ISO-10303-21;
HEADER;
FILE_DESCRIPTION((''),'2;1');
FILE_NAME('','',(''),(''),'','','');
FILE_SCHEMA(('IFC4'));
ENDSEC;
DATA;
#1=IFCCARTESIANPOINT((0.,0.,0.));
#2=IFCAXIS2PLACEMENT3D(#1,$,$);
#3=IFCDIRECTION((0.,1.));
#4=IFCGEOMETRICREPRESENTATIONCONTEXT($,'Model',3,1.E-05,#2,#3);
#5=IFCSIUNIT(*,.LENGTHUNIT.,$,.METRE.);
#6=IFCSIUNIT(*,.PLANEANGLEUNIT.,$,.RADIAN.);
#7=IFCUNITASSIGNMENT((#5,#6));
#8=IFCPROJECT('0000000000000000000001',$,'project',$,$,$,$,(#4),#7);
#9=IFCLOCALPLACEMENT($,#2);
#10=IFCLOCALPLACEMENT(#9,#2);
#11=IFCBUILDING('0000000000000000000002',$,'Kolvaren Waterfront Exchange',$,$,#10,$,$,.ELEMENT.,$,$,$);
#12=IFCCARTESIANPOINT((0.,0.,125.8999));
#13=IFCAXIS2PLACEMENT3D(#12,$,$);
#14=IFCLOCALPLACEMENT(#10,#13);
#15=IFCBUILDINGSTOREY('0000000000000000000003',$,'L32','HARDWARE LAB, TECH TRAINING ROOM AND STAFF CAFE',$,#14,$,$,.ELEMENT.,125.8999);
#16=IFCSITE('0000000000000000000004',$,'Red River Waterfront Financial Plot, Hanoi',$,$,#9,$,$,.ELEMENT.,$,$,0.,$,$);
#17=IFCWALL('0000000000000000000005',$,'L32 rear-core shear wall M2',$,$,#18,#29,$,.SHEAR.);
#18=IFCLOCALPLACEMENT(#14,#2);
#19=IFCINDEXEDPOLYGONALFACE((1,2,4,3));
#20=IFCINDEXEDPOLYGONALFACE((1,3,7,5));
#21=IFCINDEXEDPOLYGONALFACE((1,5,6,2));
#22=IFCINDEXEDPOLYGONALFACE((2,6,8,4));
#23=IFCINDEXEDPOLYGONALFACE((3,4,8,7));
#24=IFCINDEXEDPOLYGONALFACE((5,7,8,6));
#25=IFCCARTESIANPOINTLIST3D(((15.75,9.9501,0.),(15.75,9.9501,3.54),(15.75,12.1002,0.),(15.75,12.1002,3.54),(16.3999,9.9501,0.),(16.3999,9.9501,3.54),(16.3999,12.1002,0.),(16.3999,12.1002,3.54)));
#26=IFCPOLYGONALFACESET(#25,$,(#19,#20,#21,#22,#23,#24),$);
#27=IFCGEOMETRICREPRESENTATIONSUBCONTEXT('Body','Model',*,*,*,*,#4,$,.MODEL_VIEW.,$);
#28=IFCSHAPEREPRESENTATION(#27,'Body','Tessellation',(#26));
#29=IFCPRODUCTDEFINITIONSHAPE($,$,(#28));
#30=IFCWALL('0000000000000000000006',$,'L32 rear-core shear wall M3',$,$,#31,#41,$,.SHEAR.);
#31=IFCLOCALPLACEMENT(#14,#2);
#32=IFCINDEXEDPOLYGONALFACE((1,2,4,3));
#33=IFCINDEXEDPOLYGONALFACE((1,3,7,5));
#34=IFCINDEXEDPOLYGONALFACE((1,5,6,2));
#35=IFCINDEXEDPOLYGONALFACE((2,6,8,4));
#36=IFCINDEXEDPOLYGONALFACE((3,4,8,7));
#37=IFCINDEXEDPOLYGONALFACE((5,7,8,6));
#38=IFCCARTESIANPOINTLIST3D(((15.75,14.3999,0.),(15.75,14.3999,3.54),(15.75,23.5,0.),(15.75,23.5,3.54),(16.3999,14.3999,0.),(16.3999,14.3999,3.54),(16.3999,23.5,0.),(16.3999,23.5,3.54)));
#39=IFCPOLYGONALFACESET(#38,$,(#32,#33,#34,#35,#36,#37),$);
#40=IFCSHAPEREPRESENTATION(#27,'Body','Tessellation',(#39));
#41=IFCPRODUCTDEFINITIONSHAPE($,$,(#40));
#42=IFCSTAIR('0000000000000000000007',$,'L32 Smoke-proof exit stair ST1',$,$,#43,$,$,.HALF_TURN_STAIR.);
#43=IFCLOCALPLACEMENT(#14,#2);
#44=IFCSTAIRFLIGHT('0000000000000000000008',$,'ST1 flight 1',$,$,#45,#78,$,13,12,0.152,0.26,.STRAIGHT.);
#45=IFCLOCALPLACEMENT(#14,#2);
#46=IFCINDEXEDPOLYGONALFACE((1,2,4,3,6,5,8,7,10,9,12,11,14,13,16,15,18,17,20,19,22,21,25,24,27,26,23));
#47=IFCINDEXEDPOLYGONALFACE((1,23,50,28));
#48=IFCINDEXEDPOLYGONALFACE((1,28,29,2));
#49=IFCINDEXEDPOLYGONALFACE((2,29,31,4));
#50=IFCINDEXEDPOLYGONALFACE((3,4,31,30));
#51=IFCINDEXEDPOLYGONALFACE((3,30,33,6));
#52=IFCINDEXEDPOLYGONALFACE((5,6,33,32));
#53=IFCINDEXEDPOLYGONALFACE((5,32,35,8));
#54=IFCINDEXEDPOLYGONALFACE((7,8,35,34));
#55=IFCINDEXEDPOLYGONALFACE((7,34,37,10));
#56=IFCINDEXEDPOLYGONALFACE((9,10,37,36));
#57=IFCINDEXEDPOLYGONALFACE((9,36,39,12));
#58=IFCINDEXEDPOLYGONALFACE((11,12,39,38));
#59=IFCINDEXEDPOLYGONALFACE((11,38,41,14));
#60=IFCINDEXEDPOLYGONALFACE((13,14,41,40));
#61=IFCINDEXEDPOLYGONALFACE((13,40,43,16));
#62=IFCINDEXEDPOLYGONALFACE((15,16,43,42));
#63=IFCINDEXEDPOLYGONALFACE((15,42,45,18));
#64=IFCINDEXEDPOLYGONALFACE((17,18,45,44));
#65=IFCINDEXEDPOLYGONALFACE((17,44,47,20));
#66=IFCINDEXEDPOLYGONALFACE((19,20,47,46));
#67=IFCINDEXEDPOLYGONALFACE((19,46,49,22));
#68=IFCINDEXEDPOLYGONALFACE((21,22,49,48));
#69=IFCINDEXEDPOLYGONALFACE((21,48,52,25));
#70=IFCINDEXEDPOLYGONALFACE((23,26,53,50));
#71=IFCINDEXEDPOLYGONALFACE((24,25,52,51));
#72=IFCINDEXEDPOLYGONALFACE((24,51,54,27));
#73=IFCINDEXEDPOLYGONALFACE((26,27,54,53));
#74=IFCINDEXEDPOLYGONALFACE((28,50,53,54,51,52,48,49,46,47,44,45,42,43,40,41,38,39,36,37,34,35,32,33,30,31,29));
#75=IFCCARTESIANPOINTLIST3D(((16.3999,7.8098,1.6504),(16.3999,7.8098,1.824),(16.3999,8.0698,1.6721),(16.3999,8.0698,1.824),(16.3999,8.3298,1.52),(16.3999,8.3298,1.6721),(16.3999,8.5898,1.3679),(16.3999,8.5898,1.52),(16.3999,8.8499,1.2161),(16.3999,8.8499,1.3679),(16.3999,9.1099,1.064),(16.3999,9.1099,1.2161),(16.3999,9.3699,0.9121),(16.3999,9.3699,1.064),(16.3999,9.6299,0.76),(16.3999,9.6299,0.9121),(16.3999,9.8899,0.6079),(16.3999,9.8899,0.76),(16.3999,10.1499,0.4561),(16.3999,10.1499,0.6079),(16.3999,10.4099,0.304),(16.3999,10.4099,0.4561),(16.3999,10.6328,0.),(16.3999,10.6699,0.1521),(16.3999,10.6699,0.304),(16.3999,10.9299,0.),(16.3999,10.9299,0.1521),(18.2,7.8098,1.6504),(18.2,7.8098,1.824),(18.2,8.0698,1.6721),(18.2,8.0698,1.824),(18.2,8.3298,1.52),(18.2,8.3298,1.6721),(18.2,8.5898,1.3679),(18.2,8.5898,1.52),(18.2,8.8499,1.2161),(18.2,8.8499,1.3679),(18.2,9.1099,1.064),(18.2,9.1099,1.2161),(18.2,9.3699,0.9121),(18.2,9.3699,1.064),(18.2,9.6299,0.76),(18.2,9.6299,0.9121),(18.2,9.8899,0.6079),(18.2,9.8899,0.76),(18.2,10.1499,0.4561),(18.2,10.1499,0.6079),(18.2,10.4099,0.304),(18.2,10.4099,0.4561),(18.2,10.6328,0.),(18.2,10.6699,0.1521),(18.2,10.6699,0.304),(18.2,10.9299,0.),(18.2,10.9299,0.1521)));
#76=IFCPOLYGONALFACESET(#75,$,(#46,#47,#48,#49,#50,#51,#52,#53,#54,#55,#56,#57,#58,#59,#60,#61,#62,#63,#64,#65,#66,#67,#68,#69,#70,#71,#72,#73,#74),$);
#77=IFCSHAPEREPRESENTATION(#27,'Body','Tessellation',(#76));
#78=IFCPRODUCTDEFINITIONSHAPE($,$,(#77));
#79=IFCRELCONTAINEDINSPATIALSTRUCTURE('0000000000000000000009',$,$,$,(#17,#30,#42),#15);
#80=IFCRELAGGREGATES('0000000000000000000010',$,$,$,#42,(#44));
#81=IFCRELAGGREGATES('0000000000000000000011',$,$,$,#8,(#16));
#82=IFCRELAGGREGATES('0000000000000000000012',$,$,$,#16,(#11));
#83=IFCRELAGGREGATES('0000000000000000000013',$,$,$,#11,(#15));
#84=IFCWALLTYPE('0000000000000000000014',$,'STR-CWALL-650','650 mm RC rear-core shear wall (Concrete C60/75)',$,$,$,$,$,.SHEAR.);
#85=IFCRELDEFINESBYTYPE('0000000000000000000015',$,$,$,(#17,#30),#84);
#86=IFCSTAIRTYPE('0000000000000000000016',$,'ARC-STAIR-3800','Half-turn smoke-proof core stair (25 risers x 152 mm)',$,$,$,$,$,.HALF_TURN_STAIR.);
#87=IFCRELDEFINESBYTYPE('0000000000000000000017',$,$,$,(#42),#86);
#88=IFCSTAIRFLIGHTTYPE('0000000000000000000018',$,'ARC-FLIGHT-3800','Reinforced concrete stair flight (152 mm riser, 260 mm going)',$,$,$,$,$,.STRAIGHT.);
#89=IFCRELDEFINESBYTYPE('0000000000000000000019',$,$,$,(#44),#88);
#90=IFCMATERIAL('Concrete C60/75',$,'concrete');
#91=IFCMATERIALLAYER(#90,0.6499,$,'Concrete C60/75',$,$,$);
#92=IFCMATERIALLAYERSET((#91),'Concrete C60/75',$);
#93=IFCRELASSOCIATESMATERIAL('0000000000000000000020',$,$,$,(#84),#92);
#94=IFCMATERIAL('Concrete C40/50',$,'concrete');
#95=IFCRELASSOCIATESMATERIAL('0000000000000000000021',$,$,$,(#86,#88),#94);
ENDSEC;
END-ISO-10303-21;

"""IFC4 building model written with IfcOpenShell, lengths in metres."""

from ifc_helpers import new_model, si_unit, direction, frame, frame_2d, origin, place, context, subcontext, project, spatial, polyline, rectangle, outline, extrude, material, layer, layer_set, type_object, element, aggregate, save


model = new_model("IFC4")

# Units and contexts
model_context = context("Model", 3, precision=1e-05, world=origin(), true_north=direction((0.0, 1.0)))
body_context = subcontext(model_context, "Body", "Model", "MODEL_VIEW")
ifc_project = project(units=[si_unit("LENGTHUNIT", "METRE"), si_unit("PLANEANGLEUNIT", "RADIAN")], contexts=[model_context])

# Site, building, storey
site_placement = place(None, origin())
site = spatial("IfcSite", under=ifc_project, at=site_placement, Name="Red River Waterfront Financial Plot, Hanoi", CompositionType="ELEMENT", RefElevation=0.0)
building_placement = place(site_placement, origin())
building = spatial("IfcBuilding", under=site, at=building_placement, Name="Kolvaren Waterfront Exchange", CompositionType="ELEMENT")
storey_placement = place(building_placement, frame((0.0, 0.0, 125.8999)))
storey = spatial("IfcBuildingStorey", under=building, at=storey_placement, Name="L32", Description="HARDWARE LAB, TECH TRAINING ROOM AND STAFF CAFE", CompositionType="ELEMENT", Elevation=125.8999)

# Shared definitions
ifc_material_1 = material(Name="Concrete C60/75", Category="concrete")

# Walls
ifc_material_2 = material(Name="Concrete C40/50", Category="concrete")
ifc_layer_1 = layer(ifc_material_1, 0.6499, Name="Concrete C60/75")
ifc_layer_set_1 = layer_set([ifc_layer_1], Name="Concrete C60/75")
wall_type_1 = type_object("IfcWallType", Name="STR-CWALL-650", Description="650 mm RC rear-core shear wall (Concrete C60/75)", PredefinedType="SHEAR", material=ifc_layer_set_1)
wall_1_placement = place(storey_placement, frame((16.075, 9.95, 0.0), z_axis=(0.0, 0.0, 1.0), x_axis=(0.0, 1.0, 0.0)))
element("IfcWall", 1, at=wall_1_placement, inside=storey, type_object=wall_type_1, Name="L32 rear-core shear wall M2", PredefinedType="SHEAR", context=body_context, shape_type="SweptSolid", body=[
    extrude(rectangle(XDim=2.1501, YDim=0.6499, at=frame_2d((1.0752, 0.0))), origin(), (0.0, 0.0, 1.0), 3.54),
])
wall_2_placement = place(storey_placement, frame((16.075, 14.3999, 0.0), z_axis=(0.0, 0.0, 1.0), x_axis=(0.0, 1.0, 0.0)))
element("IfcWall", 2, at=wall_2_placement, inside=storey, type_object=wall_type_1, Name="L32 rear-core shear wall M3", PredefinedType="SHEAR", context=body_context, shape_type="SweptSolid", body=[
    extrude(rectangle(XDim=9.1001, YDim=0.6499, at=frame_2d((4.55, 0.0))), origin(), (0.0, 0.0, 1.0), 3.54),
])

# Stair, stair flight
stair_type = type_object("IfcStairType", Name="ARC-STAIR-3800", Description="Half-turn smoke-proof core stair (25 risers x 152 mm)", PredefinedType="HALF_TURN_STAIR", material=ifc_material_2)
stair_placement = place(storey_placement, origin())
stair = element("IfcStair", 3, at=stair_placement, inside=storey, type_object=stair_type, Name="L32 Smoke-proof exit stair ST1", PredefinedType="HALF_TURN_STAIR")
stair_flight_type = type_object("IfcStairFlightType", Name="ARC-FLIGHT-3800", Description="Reinforced concrete stair flight (152 mm riser, 260 mm going)", PredefinedType="STRAIGHT", material=ifc_material_2)
stair_flight_placement = place(storey_placement, frame((17.3, 10.9299, 0.0), z_axis=(0.0, 0.0, 1.0), x_axis=(0.0, -1.0, 0.0)))
stair_flight = element("IfcStairFlight", 4, at=stair_flight_placement, type_object=stair_flight_type, Name="ST1 flight 1", NumberOfRisers=13, NumberOfTreads=12, PredefinedType="STRAIGHT", RiserHeight=0.152, TreadLength=0.26, context=body_context, shape_type="SweptSolid", body=[
    extrude(outline(polyline([(0.0, 0.0), (0.0, 0.1521), (0.26, 0.1521), (0.26, 0.304), (0.52, 0.304), (0.52, 0.4561), (0.78, 0.4561), (0.78, 0.6079), (1.04, 0.6079), (1.04, 0.76), (1.3, 0.76), (1.3, 0.9121), (1.5601, 0.9121), (1.5601, 1.064), (1.8201, 1.064), (1.8201, 1.2161), (2.0801, 1.2161), (2.0801, 1.3679), (2.3401, 1.3679), (2.3401, 1.52), (2.6001, 1.52), (2.6001, 1.6721), (2.8601, 1.6721), (2.8601, 1.824), (3.1201, 1.824), (3.1201, 1.9761), (3.1201, 1.6504), (0.2971, 0.0), (0.0, 0.0)])), frame((0.0, 0.8999, 0.0), z_axis=(0.0, -1.0, 0.0), x_axis=(1.0, 0.0, 0.0)), (0.0, 0.0, 1.0), 1.8),
])
aggregate(stair, [stair_flight])

save(model, "model.ifc")
